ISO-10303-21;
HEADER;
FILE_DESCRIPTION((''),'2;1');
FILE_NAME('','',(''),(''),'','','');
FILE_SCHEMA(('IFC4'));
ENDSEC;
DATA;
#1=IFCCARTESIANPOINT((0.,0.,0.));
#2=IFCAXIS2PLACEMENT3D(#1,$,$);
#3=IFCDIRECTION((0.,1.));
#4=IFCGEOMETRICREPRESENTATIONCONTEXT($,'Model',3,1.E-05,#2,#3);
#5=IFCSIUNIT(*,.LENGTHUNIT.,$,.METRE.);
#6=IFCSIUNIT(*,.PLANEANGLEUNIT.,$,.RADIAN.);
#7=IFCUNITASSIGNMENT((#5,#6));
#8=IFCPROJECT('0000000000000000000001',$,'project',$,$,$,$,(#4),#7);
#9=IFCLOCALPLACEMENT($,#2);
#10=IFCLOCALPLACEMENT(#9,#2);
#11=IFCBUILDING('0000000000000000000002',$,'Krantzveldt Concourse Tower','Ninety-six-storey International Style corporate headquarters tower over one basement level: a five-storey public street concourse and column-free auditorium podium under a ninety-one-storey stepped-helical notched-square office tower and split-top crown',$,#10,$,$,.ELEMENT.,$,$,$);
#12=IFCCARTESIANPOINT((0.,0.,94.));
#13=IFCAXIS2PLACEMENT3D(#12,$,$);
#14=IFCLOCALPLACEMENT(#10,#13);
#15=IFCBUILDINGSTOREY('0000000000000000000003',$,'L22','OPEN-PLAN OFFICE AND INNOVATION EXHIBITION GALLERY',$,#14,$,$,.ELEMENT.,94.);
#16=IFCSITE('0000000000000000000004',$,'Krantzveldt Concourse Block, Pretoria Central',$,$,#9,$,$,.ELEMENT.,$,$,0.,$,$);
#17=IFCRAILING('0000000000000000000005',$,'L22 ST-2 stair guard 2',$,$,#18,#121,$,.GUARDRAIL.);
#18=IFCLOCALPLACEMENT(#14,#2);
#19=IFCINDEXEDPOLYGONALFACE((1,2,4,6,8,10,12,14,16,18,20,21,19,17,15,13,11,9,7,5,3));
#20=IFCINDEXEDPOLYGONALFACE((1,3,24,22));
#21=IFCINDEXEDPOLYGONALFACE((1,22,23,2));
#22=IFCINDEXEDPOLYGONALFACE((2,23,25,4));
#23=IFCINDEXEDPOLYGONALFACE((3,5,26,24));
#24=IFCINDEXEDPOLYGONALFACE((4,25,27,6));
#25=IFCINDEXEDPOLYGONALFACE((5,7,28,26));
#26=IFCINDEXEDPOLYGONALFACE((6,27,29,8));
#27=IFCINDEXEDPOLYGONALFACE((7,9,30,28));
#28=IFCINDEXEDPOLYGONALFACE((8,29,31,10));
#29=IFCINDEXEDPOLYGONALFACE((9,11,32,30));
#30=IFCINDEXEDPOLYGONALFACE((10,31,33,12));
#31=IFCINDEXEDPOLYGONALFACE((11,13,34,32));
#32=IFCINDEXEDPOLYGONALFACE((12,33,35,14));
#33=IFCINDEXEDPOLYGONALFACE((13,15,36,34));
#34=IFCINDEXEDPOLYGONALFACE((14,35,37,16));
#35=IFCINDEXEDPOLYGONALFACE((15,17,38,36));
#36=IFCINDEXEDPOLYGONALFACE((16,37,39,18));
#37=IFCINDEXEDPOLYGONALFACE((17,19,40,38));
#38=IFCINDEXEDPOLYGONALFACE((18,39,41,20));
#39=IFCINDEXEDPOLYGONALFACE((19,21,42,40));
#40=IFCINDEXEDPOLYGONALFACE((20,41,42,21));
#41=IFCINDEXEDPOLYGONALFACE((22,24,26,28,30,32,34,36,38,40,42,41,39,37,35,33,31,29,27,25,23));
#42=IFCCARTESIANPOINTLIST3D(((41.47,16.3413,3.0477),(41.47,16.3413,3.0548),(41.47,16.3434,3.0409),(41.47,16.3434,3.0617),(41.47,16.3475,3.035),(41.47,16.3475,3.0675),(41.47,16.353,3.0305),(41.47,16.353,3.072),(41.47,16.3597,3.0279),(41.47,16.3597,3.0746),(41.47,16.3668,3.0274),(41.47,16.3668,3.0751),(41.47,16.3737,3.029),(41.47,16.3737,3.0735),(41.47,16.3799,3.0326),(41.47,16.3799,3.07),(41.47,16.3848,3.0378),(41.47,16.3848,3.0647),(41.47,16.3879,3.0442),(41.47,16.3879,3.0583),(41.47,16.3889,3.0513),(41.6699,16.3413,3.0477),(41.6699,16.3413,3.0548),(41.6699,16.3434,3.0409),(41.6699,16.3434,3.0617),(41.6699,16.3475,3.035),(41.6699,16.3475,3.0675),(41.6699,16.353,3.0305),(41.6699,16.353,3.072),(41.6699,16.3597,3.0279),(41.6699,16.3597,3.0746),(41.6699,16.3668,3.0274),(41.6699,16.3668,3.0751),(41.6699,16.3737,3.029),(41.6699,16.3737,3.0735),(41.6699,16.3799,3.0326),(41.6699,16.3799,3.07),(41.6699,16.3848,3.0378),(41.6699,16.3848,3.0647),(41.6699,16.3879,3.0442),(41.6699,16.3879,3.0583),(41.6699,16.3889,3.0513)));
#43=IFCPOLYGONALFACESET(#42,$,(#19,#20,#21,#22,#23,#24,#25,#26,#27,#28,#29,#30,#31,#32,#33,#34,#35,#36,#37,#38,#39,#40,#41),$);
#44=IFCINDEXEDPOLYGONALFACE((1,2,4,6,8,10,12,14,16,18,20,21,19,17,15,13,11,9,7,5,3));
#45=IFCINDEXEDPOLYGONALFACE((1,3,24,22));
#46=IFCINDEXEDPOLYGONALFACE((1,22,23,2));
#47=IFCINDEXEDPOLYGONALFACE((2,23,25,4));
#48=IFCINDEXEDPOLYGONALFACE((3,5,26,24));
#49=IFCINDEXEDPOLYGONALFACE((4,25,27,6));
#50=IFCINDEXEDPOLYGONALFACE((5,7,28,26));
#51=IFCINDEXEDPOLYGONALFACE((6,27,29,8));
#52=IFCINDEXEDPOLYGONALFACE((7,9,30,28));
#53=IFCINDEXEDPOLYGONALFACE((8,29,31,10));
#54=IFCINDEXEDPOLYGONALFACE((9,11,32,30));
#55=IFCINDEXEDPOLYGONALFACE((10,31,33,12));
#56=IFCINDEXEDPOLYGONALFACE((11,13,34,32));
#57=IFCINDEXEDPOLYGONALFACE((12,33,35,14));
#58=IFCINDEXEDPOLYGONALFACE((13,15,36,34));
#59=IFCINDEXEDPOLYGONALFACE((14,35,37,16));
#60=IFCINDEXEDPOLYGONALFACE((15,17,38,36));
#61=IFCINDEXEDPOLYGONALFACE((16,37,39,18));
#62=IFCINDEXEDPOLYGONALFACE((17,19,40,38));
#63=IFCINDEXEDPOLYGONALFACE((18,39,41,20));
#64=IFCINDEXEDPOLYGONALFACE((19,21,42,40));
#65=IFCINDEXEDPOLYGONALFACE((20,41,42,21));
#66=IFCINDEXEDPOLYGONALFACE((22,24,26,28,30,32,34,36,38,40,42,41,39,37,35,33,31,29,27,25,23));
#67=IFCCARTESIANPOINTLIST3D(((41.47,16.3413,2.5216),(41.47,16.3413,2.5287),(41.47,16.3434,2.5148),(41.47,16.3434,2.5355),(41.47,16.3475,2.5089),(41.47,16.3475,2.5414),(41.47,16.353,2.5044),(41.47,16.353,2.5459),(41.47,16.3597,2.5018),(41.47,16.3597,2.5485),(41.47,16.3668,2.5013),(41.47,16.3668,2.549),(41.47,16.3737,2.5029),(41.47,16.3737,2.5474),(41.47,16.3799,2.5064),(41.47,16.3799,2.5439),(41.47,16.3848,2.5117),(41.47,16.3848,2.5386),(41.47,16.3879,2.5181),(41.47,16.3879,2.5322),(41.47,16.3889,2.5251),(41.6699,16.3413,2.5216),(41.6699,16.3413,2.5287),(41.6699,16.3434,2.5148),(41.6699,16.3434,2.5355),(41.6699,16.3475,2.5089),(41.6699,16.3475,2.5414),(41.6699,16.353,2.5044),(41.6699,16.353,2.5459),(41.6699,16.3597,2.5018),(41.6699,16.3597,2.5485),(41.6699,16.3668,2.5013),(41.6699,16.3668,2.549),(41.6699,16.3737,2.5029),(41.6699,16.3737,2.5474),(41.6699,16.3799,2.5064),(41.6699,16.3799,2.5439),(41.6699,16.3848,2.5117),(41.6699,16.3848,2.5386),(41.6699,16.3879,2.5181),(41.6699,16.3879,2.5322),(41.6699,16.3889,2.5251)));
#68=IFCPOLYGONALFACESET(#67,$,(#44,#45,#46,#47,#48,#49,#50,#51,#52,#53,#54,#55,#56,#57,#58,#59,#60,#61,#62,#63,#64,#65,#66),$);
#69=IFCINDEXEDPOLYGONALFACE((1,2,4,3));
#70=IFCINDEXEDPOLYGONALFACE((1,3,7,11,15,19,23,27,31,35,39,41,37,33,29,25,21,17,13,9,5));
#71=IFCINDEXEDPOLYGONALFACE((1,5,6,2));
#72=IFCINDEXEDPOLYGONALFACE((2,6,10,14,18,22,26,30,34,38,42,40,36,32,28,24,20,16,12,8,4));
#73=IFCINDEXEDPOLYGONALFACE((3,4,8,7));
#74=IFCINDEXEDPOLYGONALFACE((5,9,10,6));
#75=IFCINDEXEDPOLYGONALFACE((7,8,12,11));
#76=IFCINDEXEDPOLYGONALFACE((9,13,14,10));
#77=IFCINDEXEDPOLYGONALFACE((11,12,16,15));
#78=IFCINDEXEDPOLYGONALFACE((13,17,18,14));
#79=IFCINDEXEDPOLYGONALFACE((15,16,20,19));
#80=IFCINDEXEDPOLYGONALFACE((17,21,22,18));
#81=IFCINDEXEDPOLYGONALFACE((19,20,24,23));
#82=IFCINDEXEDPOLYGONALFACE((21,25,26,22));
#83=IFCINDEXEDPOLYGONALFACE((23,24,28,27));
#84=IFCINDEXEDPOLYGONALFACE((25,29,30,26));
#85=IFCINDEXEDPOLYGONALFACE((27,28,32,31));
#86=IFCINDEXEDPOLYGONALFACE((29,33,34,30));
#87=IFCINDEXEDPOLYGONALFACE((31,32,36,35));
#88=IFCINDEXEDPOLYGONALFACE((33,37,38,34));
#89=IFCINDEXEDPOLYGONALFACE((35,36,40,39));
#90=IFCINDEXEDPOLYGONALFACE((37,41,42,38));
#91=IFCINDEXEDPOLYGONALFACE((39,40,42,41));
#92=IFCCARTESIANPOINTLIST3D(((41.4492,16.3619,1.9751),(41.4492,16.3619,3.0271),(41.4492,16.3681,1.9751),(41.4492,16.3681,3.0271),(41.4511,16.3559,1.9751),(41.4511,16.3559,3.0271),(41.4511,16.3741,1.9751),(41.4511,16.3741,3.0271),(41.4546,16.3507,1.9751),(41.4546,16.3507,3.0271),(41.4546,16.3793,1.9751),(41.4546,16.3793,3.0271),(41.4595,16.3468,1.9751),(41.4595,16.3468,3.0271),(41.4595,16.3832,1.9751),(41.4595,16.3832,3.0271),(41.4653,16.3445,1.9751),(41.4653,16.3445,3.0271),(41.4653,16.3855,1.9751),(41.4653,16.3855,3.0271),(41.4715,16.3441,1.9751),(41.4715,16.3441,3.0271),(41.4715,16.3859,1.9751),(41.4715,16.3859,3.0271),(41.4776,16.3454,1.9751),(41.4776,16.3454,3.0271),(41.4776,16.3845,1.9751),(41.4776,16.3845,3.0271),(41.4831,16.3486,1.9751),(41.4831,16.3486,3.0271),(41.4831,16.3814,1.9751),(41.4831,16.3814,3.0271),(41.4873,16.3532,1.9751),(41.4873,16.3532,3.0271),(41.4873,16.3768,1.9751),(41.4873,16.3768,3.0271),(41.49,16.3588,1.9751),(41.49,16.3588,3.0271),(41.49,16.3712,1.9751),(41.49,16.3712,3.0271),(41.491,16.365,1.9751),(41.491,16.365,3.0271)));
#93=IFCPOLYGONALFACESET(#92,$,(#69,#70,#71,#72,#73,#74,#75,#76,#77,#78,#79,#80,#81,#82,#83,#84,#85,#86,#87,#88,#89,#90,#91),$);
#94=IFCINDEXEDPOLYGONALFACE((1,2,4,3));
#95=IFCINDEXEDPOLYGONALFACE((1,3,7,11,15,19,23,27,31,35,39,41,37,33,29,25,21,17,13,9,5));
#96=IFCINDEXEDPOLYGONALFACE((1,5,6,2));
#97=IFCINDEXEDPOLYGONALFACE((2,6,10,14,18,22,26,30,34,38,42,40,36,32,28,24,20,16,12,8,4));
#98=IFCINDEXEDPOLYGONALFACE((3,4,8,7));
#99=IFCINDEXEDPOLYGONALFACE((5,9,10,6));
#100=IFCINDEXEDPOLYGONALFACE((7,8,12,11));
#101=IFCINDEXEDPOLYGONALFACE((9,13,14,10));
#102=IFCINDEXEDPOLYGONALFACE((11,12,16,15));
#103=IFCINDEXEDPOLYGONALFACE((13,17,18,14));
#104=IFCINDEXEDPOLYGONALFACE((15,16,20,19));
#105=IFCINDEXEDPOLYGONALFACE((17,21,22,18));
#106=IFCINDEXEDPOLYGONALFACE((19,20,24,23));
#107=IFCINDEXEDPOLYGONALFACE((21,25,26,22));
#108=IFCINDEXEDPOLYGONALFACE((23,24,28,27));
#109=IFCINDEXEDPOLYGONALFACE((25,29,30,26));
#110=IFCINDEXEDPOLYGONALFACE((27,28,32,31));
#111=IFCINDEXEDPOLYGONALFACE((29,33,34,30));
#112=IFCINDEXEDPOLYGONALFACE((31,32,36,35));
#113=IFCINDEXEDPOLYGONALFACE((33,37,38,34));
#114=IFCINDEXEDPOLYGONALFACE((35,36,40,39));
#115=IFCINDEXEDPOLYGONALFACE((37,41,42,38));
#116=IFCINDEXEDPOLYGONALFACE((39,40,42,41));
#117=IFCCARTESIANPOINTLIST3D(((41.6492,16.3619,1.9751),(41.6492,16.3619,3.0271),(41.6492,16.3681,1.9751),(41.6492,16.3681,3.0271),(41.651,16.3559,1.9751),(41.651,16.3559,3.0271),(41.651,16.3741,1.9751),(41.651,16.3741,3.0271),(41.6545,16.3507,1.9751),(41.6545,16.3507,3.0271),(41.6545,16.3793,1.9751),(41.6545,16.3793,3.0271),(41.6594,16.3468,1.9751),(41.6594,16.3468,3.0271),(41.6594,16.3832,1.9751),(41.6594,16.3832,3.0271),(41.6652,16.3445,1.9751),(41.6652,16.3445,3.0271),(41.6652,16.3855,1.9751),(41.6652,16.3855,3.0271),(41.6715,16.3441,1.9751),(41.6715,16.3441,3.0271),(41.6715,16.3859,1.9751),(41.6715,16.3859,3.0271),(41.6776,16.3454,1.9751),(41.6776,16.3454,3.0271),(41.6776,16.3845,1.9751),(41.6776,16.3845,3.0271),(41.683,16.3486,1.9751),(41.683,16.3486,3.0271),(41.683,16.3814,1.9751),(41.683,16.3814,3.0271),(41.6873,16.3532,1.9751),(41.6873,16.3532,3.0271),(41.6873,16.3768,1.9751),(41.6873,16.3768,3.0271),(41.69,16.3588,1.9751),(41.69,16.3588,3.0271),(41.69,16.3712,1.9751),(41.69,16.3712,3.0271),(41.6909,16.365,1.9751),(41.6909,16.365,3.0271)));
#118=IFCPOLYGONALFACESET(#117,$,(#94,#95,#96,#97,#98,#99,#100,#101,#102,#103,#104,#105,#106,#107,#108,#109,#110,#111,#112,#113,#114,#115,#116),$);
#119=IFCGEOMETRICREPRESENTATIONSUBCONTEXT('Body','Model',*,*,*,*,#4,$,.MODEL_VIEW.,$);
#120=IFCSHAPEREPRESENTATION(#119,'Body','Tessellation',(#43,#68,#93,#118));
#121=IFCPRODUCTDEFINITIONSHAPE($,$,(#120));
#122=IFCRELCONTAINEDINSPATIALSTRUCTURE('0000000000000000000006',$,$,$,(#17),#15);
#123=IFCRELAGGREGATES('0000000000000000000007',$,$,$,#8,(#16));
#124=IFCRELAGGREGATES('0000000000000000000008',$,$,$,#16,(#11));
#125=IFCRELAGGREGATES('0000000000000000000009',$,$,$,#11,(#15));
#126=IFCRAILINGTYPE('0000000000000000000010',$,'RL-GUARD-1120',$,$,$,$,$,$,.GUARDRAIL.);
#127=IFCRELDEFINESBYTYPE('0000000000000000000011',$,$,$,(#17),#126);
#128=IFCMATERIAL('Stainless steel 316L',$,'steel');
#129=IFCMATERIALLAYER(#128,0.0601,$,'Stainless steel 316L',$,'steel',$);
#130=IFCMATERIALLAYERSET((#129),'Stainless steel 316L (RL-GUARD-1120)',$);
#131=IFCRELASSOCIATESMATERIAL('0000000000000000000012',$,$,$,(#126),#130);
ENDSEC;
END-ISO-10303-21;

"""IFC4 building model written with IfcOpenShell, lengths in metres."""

from ifc_helpers import new_model, si_unit, direction, frame, origin, origin_2d, place, context, subcontext, project, spatial, circle, extrude, material, layer, layer_set, type_object, element, save


model = new_model("IFC4")

# Units and contexts
model_context = context("Model", 3, precision=1e-05, world=origin(), true_north=direction((0.0, 1.0)))
body_context = subcontext(model_context, "Body", "Model", "MODEL_VIEW")
ifc_project = project(units=[si_unit("LENGTHUNIT", "METRE"), si_unit("PLANEANGLEUNIT", "RADIAN")], contexts=[model_context])

# Site, building, storey
site_placement = place(None, origin())
site = spatial("IfcSite", under=ifc_project, at=site_placement, Name="Krantzveldt Concourse Block, Pretoria Central", CompositionType="ELEMENT", RefElevation=0.0)
building_placement = place(site_placement, origin())
building = spatial("IfcBuilding", under=site, at=building_placement, Name="Krantzveldt Concourse Tower", Description="Ninety-six-storey International Style corporate headquarters tower over one basement level: a five-storey public street concourse and column-free auditorium podium under a ninety-one-storey stepped-helical notched-square office tower and split-top crown", CompositionType="ELEMENT")
storey_placement = place(building_placement, frame((0.0, 0.0, 94.0)))
storey = spatial("IfcBuildingStorey", under=building, at=storey_placement, Name="L22", Description="OPEN-PLAN OFFICE AND INNOVATION EXHIBITION GALLERY", CompositionType="ELEMENT", Elevation=94.0)

# Shared definitions
ifc_material_1 = material(Name="Stainless steel 316L", Category="steel")

# Railing
ifc_layer_1 = layer(ifc_material_1, 0.0601, Name="Stainless steel 316L", Category="steel")
ifc_layer_set_1 = layer_set([ifc_layer_1], Name="Stainless steel 316L (RL-GUARD-1120)")
railing_type_1 = type_object("IfcRailingType", Name="RL-GUARD-1120", PredefinedType="GUARDRAIL", material=ifc_layer_set_1)
railing_1_placement = place(storey_placement, frame((41.47, 16.365, 1.9751)))
element("IfcRailing", 1, at=railing_1_placement, inside=storey, type_object=railing_type_1, Name="L22 ST-2 stair guard 2", PredefinedType="GUARDRAIL", context=body_context, shape_type="SweptSolid", body=[
    extrude(circle(Radius=0.0239, at=origin_2d()), frame((0.0, 0.0, 1.0762), z_axis=(1.0, 0.0, 0.0), x_axis=(0.0, 1.0, 0.0)), (0.0, 0.0, 1.0), 0.2),
    extrude(circle(Radius=0.0239, at=origin_2d()), frame((0.0, 0.0, 0.55), z_axis=(1.0, 0.0, 0.0), x_axis=(0.0, 1.0, 0.0)), (0.0, 0.0, 1.0), 0.2),
    extrude(circle(Radius=0.021, at=origin_2d()), origin(), (0.0, 0.0, 1.0), 1.052),
    extrude(circle(Radius=0.021, at=origin_2d()), frame((0.2, 0.0, 0.0)), (0.0, 0.0, 1.0), 1.052),
])

save(model, "model.ifc")
